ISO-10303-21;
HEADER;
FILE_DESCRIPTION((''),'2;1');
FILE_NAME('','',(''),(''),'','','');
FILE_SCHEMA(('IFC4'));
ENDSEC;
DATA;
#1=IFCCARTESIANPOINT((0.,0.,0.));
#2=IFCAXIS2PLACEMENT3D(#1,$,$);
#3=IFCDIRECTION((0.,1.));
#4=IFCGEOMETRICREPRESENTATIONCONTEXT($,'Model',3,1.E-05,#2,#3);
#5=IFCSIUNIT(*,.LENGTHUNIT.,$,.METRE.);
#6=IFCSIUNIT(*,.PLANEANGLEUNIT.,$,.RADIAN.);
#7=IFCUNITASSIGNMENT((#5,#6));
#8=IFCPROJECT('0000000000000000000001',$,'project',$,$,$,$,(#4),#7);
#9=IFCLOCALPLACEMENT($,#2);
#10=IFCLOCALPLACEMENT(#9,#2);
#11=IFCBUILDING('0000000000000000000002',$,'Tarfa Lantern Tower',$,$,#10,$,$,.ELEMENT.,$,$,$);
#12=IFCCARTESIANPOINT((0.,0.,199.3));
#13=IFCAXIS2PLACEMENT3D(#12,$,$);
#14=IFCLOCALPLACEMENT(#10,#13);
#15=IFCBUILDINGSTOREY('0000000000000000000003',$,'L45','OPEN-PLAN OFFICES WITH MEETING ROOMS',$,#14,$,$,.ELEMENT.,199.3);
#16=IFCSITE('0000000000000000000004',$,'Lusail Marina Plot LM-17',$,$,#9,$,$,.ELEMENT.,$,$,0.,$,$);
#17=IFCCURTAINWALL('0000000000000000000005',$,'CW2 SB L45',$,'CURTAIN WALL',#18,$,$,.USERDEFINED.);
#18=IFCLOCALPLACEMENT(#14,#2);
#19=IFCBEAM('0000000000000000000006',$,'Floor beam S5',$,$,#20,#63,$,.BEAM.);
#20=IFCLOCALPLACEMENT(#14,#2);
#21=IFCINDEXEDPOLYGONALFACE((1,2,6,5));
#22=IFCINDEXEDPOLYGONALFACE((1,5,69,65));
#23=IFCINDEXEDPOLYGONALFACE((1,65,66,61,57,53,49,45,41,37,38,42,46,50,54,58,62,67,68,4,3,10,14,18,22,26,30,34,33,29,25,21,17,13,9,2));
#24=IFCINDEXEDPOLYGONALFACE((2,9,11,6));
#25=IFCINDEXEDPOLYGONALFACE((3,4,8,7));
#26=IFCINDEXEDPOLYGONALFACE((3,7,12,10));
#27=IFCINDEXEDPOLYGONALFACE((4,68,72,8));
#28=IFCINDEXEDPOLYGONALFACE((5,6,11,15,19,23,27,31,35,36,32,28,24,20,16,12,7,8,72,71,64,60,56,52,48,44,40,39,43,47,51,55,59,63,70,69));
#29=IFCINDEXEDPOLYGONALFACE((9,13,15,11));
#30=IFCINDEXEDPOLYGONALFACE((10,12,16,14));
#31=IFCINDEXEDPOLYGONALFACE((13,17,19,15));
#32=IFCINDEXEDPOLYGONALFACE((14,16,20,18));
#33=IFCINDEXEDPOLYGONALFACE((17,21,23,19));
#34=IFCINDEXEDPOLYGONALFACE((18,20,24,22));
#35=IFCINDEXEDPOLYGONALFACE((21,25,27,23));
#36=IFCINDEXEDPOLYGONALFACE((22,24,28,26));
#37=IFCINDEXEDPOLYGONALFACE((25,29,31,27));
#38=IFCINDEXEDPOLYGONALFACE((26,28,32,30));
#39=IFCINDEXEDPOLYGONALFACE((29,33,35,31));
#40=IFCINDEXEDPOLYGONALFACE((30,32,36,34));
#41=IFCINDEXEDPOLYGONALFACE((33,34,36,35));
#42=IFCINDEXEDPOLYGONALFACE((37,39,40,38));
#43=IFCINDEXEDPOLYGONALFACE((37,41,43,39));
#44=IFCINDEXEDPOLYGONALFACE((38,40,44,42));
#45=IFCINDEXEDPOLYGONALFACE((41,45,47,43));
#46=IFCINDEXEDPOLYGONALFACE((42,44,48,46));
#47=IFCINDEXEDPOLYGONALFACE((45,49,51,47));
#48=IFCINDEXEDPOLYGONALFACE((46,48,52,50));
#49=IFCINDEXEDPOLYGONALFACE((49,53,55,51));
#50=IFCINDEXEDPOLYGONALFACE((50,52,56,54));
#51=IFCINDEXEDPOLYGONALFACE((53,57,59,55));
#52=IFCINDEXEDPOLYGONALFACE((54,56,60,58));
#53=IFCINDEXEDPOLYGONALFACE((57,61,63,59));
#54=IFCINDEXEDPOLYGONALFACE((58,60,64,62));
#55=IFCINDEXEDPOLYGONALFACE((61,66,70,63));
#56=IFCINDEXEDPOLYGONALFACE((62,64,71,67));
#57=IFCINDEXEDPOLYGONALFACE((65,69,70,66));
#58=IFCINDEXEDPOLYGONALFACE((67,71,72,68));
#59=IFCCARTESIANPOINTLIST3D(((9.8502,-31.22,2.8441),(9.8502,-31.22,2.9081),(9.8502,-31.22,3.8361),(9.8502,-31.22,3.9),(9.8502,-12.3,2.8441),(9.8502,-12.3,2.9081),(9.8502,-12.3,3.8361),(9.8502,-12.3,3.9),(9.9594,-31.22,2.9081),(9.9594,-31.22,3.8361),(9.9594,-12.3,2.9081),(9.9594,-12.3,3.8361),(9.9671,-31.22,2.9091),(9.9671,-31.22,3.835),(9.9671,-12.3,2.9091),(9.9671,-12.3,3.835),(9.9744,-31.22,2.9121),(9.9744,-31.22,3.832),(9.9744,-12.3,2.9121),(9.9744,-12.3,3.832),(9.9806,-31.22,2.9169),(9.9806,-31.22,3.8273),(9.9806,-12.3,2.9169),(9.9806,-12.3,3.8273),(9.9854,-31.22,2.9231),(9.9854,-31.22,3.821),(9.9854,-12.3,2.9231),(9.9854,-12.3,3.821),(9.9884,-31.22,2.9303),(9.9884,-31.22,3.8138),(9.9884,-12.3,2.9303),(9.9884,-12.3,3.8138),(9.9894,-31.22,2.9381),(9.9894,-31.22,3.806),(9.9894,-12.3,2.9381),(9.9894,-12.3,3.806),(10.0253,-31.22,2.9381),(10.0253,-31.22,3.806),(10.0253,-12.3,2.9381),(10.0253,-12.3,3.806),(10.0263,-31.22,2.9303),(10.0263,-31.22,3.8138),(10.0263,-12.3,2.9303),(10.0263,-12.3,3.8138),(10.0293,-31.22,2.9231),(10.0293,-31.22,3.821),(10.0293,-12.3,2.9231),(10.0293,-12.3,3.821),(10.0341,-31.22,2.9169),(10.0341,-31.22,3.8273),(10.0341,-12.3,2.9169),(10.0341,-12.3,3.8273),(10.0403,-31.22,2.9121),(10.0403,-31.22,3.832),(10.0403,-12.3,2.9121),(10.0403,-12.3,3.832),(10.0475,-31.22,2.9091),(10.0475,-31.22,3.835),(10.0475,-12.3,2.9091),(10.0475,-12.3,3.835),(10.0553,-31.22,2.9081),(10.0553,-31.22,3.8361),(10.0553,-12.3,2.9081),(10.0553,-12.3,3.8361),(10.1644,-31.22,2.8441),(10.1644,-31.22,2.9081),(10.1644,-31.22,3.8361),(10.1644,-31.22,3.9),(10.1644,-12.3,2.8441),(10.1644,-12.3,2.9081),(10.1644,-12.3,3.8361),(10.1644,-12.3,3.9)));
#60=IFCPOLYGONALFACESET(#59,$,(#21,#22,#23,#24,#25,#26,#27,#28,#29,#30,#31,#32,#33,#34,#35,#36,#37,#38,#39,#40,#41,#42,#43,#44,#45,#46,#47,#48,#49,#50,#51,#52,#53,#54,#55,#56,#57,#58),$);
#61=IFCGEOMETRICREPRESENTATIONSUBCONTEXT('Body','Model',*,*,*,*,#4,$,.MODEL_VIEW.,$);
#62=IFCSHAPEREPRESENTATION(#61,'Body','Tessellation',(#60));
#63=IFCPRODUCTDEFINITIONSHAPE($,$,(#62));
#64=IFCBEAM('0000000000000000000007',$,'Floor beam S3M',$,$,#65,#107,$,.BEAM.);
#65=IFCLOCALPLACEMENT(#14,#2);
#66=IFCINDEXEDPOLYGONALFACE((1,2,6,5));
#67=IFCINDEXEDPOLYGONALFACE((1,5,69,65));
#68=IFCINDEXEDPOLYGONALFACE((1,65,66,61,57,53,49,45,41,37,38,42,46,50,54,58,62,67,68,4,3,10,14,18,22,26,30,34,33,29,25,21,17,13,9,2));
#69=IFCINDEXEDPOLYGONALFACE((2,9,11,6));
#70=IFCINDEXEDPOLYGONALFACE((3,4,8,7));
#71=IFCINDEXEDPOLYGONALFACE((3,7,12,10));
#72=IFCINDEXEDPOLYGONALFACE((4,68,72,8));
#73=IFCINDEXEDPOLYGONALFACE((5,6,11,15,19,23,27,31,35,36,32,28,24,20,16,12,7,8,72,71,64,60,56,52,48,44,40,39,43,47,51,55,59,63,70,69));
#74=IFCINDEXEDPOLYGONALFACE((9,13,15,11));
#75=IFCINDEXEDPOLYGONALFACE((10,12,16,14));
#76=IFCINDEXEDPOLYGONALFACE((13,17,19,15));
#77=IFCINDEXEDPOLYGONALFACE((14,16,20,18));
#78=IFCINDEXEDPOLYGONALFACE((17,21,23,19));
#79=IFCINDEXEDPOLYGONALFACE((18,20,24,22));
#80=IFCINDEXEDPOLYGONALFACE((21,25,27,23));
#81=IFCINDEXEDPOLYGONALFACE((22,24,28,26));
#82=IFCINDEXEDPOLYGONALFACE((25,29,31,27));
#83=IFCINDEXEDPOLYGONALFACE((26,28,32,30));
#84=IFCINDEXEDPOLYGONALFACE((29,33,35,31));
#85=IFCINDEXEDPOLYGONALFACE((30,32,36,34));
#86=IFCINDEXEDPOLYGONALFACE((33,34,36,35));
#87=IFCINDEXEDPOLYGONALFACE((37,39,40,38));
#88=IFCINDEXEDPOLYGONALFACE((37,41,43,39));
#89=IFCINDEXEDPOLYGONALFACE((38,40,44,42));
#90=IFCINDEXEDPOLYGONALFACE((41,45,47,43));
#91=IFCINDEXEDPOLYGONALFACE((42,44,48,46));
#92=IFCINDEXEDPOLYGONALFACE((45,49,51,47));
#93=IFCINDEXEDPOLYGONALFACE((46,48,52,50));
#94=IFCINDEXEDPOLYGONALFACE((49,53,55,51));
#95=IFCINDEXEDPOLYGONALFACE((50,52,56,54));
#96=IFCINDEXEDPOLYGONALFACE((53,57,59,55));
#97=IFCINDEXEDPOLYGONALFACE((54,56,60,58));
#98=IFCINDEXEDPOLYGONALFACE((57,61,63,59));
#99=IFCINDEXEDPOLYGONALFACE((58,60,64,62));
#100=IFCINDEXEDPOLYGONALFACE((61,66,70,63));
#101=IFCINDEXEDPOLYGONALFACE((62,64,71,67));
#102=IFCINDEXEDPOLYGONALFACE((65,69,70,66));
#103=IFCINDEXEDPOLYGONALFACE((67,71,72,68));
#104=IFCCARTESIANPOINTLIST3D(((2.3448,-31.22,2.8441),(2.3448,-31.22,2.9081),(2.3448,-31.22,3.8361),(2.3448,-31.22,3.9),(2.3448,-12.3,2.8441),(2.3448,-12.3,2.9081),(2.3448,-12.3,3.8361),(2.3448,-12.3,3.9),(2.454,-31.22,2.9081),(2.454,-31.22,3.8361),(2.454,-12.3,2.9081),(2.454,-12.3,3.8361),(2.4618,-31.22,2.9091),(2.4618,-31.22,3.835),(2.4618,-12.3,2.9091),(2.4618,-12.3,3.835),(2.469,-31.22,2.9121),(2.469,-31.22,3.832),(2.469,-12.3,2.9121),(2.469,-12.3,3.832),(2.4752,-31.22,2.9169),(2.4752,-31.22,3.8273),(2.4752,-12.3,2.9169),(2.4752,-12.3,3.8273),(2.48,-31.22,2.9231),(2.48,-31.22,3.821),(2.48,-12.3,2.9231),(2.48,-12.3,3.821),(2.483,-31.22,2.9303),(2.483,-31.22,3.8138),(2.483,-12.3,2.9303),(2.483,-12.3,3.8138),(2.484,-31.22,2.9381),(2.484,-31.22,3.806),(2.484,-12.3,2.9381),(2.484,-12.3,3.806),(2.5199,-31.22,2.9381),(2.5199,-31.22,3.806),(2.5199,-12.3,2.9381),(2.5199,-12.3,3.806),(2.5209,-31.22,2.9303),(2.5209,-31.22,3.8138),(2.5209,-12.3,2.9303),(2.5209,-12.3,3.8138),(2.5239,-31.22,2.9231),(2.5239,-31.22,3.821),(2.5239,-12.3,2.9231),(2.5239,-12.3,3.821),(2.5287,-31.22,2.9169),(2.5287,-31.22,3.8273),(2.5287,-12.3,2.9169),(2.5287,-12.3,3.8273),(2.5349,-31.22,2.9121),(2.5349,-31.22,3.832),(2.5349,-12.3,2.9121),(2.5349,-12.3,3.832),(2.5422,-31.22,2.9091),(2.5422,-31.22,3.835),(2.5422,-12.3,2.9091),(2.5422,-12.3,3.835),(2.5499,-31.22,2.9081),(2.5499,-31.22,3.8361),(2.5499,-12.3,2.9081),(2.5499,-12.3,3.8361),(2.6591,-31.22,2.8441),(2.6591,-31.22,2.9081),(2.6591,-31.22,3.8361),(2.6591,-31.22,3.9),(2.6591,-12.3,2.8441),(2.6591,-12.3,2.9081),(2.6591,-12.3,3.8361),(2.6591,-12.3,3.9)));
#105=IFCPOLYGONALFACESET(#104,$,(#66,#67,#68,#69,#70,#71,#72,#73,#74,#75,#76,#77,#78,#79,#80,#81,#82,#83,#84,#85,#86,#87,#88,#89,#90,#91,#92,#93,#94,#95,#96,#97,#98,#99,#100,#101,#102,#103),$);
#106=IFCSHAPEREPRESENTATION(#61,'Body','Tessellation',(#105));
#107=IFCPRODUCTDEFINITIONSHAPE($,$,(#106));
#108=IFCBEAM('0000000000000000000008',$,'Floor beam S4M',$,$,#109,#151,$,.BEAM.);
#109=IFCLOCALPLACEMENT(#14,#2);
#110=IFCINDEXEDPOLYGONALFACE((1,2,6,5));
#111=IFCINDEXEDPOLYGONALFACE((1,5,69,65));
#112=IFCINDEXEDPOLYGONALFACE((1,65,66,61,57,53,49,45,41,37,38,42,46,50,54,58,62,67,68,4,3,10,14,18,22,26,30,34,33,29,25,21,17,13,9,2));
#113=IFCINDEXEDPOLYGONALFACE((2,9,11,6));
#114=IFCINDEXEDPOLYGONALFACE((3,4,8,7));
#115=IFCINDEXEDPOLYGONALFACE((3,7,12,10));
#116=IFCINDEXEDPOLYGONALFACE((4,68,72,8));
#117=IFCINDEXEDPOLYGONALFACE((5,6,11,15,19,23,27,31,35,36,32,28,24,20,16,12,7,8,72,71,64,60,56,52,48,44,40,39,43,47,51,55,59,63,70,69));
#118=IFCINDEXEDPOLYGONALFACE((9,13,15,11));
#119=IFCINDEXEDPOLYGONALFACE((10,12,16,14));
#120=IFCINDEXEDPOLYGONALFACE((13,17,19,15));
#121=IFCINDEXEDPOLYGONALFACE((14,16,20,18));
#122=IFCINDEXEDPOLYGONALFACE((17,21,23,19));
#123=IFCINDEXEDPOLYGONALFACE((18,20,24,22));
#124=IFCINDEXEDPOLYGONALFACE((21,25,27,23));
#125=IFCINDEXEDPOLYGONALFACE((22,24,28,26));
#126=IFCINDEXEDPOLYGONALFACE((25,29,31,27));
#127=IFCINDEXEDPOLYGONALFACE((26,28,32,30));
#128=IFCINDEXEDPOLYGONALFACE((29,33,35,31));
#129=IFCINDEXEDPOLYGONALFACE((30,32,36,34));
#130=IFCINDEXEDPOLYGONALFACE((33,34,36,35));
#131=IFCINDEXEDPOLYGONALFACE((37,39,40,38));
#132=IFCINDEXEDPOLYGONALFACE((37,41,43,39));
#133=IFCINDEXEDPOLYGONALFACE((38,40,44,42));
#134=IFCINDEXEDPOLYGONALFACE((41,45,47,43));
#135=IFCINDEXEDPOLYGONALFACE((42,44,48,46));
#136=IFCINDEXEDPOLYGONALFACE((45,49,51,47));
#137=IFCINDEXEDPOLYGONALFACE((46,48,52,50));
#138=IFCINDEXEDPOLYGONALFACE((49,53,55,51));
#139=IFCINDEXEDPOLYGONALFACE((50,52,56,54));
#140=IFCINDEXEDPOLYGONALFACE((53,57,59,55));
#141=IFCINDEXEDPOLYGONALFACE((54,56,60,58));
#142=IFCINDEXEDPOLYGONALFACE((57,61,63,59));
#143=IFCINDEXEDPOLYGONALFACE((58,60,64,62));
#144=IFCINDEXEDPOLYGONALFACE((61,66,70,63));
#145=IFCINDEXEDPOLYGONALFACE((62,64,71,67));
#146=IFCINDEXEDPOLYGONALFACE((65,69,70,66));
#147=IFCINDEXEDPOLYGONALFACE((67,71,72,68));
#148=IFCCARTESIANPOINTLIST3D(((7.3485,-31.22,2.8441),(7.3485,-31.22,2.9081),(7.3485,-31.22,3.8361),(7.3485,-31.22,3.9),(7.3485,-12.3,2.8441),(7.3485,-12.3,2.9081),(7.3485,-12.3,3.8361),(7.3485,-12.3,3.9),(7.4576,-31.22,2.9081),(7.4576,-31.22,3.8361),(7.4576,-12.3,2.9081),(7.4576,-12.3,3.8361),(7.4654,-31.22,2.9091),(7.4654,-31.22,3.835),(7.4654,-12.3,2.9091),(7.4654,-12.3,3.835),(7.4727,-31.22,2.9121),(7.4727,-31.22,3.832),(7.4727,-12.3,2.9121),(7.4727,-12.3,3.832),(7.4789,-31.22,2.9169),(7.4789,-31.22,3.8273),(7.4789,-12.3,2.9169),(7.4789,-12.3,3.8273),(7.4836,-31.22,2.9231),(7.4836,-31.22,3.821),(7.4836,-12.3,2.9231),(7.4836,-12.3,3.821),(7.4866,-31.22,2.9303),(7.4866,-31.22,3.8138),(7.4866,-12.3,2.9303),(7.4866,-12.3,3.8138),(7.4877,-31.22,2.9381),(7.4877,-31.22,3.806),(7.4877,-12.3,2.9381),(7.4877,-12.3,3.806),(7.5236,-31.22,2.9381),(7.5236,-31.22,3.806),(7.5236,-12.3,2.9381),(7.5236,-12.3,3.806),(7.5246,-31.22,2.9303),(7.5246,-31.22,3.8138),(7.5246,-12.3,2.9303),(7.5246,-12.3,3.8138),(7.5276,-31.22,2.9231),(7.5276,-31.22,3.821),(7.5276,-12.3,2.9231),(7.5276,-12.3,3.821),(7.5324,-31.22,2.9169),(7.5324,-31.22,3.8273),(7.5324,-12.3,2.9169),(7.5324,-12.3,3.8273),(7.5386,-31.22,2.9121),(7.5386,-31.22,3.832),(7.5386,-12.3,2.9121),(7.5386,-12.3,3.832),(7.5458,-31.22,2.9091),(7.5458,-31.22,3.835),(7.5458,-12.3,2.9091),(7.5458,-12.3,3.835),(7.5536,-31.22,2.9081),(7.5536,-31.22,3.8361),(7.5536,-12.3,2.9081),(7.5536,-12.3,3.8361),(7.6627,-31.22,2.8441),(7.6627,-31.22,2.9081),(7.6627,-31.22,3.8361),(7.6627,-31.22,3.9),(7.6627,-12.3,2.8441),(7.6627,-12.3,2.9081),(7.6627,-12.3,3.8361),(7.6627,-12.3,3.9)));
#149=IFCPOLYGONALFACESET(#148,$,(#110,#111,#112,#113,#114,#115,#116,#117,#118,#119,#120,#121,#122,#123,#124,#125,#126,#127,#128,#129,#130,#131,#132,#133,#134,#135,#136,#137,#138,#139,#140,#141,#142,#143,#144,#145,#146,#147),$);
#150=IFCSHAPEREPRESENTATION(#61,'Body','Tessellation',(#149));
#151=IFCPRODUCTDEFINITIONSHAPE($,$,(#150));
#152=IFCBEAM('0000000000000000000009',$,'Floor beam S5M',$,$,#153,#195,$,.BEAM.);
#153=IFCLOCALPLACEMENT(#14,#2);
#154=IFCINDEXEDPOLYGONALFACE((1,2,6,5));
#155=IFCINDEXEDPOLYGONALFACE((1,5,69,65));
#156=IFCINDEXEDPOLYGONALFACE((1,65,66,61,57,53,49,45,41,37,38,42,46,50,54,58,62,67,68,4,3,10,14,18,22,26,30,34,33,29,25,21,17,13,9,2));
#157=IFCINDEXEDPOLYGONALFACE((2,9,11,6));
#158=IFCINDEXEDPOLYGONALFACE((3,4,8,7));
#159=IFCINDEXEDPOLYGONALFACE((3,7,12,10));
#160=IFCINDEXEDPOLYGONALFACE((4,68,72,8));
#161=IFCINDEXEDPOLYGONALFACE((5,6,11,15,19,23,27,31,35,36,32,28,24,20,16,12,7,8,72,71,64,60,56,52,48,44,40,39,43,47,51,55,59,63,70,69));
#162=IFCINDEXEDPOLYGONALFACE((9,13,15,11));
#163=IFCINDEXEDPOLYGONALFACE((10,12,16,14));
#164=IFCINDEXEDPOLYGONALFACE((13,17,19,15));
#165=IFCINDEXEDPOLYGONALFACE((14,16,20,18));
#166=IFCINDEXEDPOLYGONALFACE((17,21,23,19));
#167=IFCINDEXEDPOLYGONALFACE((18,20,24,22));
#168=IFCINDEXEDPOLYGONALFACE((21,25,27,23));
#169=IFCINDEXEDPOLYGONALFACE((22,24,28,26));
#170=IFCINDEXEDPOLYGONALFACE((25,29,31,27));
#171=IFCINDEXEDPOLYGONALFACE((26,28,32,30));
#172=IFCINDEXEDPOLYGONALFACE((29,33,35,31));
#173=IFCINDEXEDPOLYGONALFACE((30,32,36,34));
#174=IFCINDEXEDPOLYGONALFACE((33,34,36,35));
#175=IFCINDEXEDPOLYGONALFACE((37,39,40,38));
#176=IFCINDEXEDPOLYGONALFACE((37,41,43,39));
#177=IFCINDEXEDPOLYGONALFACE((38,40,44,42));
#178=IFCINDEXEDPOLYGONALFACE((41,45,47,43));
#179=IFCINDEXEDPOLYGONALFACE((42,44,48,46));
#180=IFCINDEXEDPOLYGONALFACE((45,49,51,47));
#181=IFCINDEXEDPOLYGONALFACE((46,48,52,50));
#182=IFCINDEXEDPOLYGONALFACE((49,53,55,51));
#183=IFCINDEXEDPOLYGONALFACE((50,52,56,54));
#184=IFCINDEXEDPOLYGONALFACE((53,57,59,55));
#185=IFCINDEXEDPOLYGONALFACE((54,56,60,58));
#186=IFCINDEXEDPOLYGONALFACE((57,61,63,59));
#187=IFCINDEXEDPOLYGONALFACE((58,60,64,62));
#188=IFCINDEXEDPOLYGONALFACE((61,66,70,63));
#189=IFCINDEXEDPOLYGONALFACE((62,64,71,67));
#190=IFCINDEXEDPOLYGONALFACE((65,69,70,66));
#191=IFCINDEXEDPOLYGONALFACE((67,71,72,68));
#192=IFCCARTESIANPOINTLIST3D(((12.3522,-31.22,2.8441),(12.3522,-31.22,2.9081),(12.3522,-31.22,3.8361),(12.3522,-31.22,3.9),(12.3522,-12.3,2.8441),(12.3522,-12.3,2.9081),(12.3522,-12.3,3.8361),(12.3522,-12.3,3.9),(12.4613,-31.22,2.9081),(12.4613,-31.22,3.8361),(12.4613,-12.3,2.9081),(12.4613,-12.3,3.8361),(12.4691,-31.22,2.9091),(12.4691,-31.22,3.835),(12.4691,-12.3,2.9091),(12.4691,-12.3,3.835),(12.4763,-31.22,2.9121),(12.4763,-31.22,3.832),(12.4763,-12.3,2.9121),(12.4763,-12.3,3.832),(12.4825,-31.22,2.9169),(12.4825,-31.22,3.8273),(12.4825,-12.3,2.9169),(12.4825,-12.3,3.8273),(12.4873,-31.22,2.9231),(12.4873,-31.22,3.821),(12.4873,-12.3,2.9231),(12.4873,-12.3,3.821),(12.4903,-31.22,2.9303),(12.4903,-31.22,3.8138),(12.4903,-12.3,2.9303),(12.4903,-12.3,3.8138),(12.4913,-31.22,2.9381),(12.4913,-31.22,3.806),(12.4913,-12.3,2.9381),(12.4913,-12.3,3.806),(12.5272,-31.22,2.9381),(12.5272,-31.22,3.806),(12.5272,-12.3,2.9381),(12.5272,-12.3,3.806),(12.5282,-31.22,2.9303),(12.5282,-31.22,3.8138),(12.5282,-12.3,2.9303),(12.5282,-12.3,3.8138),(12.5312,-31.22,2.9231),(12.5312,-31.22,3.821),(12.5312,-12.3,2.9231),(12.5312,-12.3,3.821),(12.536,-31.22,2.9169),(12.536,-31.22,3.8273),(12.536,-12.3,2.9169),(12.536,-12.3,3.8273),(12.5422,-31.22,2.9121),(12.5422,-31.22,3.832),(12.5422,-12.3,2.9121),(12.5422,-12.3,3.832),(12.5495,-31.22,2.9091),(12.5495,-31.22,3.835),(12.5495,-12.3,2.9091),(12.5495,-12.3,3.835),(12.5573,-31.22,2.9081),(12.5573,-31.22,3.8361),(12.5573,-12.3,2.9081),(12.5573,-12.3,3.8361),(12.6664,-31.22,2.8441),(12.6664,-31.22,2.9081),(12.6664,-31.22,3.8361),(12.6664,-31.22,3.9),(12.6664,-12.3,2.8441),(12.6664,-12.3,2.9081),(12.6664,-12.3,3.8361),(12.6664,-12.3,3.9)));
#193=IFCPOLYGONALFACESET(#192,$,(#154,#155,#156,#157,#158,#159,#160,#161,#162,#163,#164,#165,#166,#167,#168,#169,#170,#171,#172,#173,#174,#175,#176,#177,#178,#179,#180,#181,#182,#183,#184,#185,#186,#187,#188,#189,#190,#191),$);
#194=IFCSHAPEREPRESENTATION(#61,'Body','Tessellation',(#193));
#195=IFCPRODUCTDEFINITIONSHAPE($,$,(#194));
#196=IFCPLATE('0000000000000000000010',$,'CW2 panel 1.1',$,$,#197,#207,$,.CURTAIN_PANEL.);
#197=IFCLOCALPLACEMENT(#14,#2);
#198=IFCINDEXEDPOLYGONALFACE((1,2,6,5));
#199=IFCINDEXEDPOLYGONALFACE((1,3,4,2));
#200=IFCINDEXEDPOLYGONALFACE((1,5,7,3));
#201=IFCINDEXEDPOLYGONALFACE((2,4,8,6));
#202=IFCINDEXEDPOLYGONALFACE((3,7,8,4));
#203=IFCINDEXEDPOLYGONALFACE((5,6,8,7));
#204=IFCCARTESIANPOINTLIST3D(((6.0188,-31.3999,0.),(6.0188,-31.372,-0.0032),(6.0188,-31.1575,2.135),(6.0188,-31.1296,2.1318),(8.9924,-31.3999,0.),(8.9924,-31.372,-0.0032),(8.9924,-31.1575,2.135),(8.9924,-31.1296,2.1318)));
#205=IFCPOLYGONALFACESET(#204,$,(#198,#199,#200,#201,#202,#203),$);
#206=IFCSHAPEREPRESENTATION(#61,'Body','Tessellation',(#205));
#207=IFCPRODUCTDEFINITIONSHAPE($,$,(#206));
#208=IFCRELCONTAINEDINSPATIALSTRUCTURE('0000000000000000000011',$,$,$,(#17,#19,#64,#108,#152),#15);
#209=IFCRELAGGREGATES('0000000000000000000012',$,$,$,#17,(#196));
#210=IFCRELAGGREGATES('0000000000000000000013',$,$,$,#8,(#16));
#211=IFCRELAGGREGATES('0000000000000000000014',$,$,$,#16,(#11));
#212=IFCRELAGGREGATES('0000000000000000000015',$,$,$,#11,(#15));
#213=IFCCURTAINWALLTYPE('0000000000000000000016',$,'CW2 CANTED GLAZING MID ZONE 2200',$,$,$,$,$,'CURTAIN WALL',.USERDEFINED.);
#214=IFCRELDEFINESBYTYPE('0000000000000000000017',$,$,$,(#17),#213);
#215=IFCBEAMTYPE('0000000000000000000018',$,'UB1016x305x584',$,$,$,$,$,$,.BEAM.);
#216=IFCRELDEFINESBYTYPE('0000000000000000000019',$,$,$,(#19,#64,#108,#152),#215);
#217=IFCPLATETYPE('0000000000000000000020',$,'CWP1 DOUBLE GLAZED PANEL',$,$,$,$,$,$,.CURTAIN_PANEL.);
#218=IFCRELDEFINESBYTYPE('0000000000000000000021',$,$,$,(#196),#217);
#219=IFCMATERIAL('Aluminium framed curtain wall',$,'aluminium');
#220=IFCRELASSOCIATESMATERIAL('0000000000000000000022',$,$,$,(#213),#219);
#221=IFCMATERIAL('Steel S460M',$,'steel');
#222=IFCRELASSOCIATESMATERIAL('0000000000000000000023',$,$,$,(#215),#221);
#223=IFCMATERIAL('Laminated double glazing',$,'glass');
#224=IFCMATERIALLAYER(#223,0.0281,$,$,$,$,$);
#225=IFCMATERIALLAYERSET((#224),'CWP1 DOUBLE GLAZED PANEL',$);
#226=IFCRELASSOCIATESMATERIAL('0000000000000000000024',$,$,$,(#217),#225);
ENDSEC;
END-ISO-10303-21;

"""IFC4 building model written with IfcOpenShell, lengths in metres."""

from ifc_helpers import new_model, si_unit, direction, frame, origin, origin_2d, place, context, subcontext, project, spatial, polyline, i_section, outline, extrude, material, layer, layer_set, material_profile, profile_set, type_object, element, aggregate, save


model = new_model("IFC4")

# Units and contexts
model_context = context("Model", 3, precision=1e-05, world=origin(), true_north=direction((0.0, 1.0)))
body_context = subcontext(model_context, "Body", "Model", "MODEL_VIEW")
ifc_project = project(units=[si_unit("LENGTHUNIT", "METRE"), si_unit("PLANEANGLEUNIT", "RADIAN")], contexts=[model_context])

# Site, building, storey
site_placement = place(None, origin())
site = spatial("IfcSite", under=ifc_project, at=site_placement, Name="Lusail Marina Plot LM-17", CompositionType="ELEMENT", RefElevation=0.0)
building_placement = place(site_placement, origin())
building = spatial("IfcBuilding", under=site, at=building_placement, Name="Tarfa Lantern Tower", CompositionType="ELEMENT")
storey_placement = place(building_placement, frame((0.0, 0.0, 199.3)))
storey = spatial("IfcBuildingStorey", under=building, at=storey_placement, Name="L45", Description="OPEN-PLAN OFFICES WITH MEETING ROOMS", CompositionType="ELEMENT", Elevation=199.3)

# Curtain wall
ifc_material_1 = material(Name="Aluminium framed curtain wall", Category="aluminium")
curtain_wall_type_1 = type_object("IfcCurtainWallType", Name="CW2 CANTED GLAZING MID ZONE 2200", ElementType="CURTAIN WALL", PredefinedType="USERDEFINED", material=ifc_material_1)
curtain_wall_1_placement = place(storey_placement, origin())
curtain_wall_1 = element("IfcCurtainWall", 1, at=curtain_wall_1_placement, inside=storey, type_object=curtain_wall_type_1, Name="CW2 SB L45", ObjectType="CURTAIN WALL", PredefinedType="USERDEFINED")

# Beams
ifc_material_2 = material(Name="Steel S460M", Category="steel")
ifc_material_profile_1 = material_profile(ifc_material_2, i_section(OverallWidth=0.3142, OverallDepth=1.0559, WebThickness=0.0359, FlangeThickness=0.064, FilletRadius=0.03, at=origin_2d()), Name="UB1016x305x584")
ifc_profile_set_1 = profile_set([ifc_material_profile_1], Name="Steel S460M")
beam_type_1 = type_object("IfcBeamType", Name="UB1016x305x584", PredefinedType="BEAM", material=ifc_profile_set_1)
for number, where, z_axis, x_axis, name in (
    (2, (10.0073, -31.22, 3.3721), (0.0, 1.0, 0.0), (-1.0, 0.0, 0.0), "Floor beam S5"),
    (3, (2.502, -31.22, 3.3721), (0.0, 1.0, 0.0), (-1.0, 0.0, 0.0), "Floor beam S3M"),
    (4, (7.5056, -31.22, 3.3721), (0.0, 1.0, 0.0), (-1.0, 0.0, 0.0), "Floor beam S4M"),
    (5, (12.5093, -31.22, 3.3721), (0.0, 1.0, 0.0), (-1.0, 0.0, 0.0), "Floor beam S5M"),
):
    element("IfcBeam", number, at=place(storey_placement, frame(where, z_axis=z_axis, x_axis=x_axis)), inside=storey, type_object=beam_type_1, Name=name, PredefinedType="BEAM", context=body_context, shape_type="SweptSolid", body=[
        extrude(i_section(OverallWidth=0.3142, OverallDepth=1.0559, WebThickness=0.0359, FlangeThickness=0.064, FilletRadius=0.03, at=origin_2d()), origin(), (0.0, 0.0, 1.0), 18.9199),
    ])

# Plate
ifc_material_3 = material(Name="Laminated double glazing", Category="glass")
ifc_layer_1 = layer(ifc_material_3, 0.0281)
ifc_layer_set_1 = layer_set([ifc_layer_1], Name="CWP1 DOUBLE GLAZED PANEL")
plate_type_1 = type_object("IfcPlateType", Name="CWP1 DOUBLE GLAZED PANEL", PredefinedType="CURTAIN_PANEL", material=ifc_layer_set_1)
plate_1_placement = place(storey_placement, frame((6.0188, -31.3999, 0.0), z_axis=(0.0, -0.993615, 0.112826), x_axis=(1.0, 0.0, 0.0)))
plate_1 = element("IfcPlate", 6, at=plate_1_placement, type_object=plate_type_1, Name="CW2 panel 1.1", PredefinedType="CURTAIN_PANEL", context=body_context, shape_type="SweptSolid", body=[
    extrude(outline(polyline([(0.0, 0.0), (2.9736, 0.0), (2.9736, 2.1487), (0.0, 2.1487), (0.0, 0.0)])), origin(), (0.0, 0.0, -1.0), 0.0281),
])
aggregate(curtain_wall_1, [plate_1])

save(model, "model.ifc")
